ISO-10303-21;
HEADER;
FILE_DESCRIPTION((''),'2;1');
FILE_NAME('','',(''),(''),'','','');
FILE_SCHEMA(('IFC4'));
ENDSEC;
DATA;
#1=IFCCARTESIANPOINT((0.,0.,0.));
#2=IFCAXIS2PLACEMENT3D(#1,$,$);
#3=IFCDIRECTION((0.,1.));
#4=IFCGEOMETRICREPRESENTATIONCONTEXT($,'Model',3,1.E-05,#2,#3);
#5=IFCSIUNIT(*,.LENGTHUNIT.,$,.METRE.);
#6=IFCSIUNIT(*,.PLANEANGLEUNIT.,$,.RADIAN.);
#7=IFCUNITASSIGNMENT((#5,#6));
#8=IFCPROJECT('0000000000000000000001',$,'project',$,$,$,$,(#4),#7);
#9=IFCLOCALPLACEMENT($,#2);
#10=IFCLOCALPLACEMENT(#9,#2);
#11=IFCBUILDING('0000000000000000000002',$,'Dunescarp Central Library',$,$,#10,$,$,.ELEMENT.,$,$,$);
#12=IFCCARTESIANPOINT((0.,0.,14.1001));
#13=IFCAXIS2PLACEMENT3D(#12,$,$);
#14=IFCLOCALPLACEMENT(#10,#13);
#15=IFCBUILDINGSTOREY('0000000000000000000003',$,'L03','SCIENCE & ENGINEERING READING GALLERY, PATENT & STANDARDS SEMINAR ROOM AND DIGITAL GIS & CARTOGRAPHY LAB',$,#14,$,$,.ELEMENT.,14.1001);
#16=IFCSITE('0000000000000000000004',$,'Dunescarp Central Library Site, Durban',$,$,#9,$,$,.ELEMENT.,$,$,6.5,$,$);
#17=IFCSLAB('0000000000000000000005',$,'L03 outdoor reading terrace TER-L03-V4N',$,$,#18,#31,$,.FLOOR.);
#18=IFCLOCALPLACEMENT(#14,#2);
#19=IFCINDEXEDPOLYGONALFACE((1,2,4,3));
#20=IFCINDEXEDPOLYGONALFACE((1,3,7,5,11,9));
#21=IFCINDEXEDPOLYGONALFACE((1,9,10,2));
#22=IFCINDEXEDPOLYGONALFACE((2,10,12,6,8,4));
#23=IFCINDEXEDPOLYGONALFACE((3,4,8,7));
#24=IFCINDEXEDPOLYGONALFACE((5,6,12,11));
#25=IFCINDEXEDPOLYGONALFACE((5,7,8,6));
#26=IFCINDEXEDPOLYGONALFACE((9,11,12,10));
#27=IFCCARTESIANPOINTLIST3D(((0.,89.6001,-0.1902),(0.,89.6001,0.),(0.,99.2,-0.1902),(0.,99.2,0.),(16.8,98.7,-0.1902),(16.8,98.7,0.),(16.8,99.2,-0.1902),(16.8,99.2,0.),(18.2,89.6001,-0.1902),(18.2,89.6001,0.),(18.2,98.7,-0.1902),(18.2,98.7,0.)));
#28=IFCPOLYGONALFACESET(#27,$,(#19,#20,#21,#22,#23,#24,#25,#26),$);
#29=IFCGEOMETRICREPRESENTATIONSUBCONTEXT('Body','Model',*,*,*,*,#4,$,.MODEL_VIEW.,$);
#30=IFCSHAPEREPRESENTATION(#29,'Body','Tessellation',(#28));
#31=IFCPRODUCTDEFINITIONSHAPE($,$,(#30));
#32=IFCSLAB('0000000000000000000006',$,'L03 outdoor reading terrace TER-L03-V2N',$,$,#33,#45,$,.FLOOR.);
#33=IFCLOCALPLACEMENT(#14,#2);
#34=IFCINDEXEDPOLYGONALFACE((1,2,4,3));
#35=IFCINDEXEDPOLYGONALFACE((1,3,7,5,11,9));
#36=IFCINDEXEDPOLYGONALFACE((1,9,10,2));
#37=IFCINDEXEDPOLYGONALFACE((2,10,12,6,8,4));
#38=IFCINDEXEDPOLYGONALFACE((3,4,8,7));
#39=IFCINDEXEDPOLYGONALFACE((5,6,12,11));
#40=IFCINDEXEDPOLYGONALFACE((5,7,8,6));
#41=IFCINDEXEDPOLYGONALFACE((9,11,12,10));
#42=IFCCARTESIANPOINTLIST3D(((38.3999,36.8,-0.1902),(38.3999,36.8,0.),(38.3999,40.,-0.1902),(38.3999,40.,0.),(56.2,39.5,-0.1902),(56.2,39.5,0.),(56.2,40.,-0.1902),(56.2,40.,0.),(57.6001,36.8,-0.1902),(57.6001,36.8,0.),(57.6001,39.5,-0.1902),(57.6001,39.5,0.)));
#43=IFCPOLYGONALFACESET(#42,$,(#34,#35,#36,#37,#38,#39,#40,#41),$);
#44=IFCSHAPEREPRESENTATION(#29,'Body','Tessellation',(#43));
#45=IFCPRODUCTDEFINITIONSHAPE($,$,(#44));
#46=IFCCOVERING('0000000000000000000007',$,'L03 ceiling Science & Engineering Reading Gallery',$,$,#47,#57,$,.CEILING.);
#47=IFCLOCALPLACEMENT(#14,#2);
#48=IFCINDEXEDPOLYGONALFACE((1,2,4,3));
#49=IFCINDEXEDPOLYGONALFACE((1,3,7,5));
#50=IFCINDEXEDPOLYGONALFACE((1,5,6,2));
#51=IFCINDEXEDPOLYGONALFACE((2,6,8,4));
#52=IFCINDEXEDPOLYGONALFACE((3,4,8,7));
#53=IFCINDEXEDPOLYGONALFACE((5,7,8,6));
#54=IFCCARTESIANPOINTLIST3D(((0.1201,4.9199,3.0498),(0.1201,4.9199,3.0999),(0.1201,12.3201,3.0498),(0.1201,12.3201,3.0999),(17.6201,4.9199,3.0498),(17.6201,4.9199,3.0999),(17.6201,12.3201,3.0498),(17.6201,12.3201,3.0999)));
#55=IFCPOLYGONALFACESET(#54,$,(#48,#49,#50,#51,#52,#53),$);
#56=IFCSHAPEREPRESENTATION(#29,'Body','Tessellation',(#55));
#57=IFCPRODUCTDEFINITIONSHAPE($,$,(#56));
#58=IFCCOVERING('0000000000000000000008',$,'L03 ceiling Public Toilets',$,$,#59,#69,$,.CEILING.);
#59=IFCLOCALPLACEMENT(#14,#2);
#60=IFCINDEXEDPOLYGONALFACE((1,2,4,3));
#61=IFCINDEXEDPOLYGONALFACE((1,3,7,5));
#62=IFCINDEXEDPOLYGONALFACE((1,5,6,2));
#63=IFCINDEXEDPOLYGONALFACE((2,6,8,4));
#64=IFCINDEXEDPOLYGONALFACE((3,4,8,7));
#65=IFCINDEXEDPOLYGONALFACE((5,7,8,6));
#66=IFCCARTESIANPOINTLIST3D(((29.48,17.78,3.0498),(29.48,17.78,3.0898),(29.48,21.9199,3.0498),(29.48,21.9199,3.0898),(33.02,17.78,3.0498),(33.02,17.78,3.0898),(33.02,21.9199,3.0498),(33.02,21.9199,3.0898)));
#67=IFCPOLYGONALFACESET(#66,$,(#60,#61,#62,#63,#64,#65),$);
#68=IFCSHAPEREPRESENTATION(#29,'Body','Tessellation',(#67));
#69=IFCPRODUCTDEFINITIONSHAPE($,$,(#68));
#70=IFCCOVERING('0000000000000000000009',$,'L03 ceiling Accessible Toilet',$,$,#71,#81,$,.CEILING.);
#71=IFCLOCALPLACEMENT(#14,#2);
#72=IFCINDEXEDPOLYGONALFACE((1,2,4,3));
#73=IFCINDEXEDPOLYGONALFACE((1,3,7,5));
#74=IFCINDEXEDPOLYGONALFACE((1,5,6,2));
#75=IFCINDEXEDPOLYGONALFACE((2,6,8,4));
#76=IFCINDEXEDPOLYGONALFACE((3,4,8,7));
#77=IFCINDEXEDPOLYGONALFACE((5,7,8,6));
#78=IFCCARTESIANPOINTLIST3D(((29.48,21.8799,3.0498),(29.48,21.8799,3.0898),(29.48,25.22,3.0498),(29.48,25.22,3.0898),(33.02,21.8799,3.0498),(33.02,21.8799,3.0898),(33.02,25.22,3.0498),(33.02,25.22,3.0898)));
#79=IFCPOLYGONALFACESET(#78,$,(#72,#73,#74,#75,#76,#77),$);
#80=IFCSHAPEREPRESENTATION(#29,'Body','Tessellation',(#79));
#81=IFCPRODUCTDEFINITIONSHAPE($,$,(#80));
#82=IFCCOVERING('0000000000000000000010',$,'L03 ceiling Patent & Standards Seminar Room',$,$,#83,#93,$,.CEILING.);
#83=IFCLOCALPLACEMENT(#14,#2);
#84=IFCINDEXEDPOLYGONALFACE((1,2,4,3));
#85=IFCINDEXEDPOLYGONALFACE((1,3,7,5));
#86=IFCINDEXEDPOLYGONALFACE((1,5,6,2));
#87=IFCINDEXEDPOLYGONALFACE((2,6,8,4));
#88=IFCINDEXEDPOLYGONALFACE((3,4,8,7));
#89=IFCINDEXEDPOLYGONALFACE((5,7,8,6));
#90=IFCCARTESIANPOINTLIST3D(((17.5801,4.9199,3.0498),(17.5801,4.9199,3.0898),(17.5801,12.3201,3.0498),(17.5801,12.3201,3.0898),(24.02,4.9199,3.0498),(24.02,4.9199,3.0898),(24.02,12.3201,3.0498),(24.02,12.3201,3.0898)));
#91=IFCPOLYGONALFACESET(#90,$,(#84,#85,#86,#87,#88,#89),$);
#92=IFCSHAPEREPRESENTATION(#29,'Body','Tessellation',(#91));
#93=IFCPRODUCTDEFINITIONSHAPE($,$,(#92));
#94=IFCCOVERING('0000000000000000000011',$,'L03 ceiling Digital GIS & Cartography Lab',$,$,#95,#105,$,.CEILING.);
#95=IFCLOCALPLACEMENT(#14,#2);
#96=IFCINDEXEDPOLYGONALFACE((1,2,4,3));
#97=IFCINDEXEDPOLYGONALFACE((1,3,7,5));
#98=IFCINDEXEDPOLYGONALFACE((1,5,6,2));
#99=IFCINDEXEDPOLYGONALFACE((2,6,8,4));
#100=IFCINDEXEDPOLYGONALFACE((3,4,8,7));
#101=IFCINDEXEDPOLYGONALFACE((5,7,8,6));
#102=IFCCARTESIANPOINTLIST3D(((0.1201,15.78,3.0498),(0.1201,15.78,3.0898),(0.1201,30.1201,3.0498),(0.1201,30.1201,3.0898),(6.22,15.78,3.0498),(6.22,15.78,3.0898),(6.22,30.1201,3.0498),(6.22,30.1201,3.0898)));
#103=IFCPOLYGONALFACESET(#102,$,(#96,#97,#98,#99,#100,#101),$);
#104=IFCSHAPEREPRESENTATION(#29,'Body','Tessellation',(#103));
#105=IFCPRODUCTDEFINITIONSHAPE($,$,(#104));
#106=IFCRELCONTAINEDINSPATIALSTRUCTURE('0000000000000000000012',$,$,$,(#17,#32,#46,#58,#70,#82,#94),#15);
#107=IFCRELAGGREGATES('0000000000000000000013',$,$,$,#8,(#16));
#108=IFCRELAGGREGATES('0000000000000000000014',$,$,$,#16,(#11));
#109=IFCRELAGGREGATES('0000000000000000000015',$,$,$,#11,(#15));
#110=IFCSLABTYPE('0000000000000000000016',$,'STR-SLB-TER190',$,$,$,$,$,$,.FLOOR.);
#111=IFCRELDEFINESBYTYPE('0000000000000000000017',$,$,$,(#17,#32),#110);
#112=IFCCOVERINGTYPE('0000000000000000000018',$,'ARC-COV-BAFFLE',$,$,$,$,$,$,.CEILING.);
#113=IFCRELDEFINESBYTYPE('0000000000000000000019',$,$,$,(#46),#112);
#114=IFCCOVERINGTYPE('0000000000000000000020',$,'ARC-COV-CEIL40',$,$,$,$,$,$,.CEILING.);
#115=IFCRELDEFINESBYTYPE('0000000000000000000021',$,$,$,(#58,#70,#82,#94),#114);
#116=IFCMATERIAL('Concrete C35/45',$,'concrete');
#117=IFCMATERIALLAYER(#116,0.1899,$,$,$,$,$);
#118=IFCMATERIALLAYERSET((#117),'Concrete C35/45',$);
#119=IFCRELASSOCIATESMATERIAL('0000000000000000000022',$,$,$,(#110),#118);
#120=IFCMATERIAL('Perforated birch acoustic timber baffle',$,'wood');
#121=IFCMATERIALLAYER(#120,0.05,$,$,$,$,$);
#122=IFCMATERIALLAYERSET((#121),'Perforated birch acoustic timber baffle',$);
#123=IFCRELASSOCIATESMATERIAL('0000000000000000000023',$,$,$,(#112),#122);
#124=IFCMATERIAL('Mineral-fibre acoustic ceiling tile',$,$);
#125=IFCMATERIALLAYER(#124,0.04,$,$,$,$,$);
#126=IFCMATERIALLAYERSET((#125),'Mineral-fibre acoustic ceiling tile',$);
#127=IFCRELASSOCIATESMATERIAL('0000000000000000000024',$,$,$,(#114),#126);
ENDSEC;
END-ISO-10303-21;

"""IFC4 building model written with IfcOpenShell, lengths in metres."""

from ifc_helpers import new_model, si_unit, direction, frame, origin, place, context, subcontext, project, spatial, polyline, outline, extrude, material, layer, layer_set, type_object, element, save


model = new_model("IFC4")

# Units and contexts
model_context = context("Model", 3, precision=1e-05, world=origin(), true_north=direction((0.0, 1.0)))
body_context = subcontext(model_context, "Body", "Model", "MODEL_VIEW")
ifc_project = project(units=[si_unit("LENGTHUNIT", "METRE"), si_unit("PLANEANGLEUNIT", "RADIAN")], contexts=[model_context])

# Site, building, storey
site_placement = place(None, origin())
site = spatial("IfcSite", under=ifc_project, at=site_placement, Name="Dunescarp Central Library Site, Durban", CompositionType="ELEMENT", RefElevation=6.5)
building_placement = place(site_placement, origin())
building = spatial("IfcBuilding", under=site, at=building_placement, Name="Dunescarp Central Library", CompositionType="ELEMENT")
storey_placement = place(building_placement, frame((0.0, 0.0, 14.1001)))
storey = spatial("IfcBuildingStorey", under=building, at=storey_placement, Name="L03", Description="SCIENCE & ENGINEERING READING GALLERY, PATENT & STANDARDS SEMINAR ROOM AND DIGITAL GIS & CARTOGRAPHY LAB", CompositionType="ELEMENT", Elevation=14.1001)

# Shared definitions
ifc_material_1 = material(Name="Concrete C35/45", Category="concrete")

# Slabs
ifc_layer_1 = layer(ifc_material_1, 0.1899)
ifc_layer_set_1 = layer_set([ifc_layer_1], Name="Concrete C35/45")
slab_type_1 = type_object("IfcSlabType", Name="STR-SLB-TER190", PredefinedType="FLOOR", material=ifc_layer_set_1)
slab_1_placement = place(storey_placement, frame((0.0, 0.0, -0.1902)))
element("IfcSlab", 1, at=slab_1_placement, inside=storey, type_object=slab_type_1, Name="L03 outdoor reading terrace TER-L03-V4N", PredefinedType="FLOOR", context=body_context, shape_type="SweptSolid", body=[
    extrude(outline(polyline([(0.0, 89.6001), (18.2, 89.6001), (18.2, 98.7), (16.8, 98.7), (16.8, 99.2), (0.0, 99.2), (0.0, 89.6001)])), origin(), (0.0, 0.0, 1.0), 0.1902),
])
slab_2_placement = place(storey_placement, frame((0.0, 0.0, -0.1902)))
element("IfcSlab", 2, at=slab_2_placement, inside=storey, type_object=slab_type_1, Name="L03 outdoor reading terrace TER-L03-V2N", PredefinedType="FLOOR", context=body_context, shape_type="SweptSolid", body=[
    extrude(outline(polyline([(38.3999, 36.8), (57.6001, 36.8), (57.6001, 39.5), (56.2, 39.5), (56.2, 40.0), (38.3999, 40.0), (38.3999, 36.8)])), origin(), (0.0, 0.0, 1.0), 0.1902),
])

# Coverings
ifc_material_2 = material(Name="Perforated birch acoustic timber baffle", Category="wood")
ifc_layer_2 = layer(ifc_material_2, 0.05)
ifc_layer_set_2 = layer_set([ifc_layer_2], Name="Perforated birch acoustic timber baffle")
covering_type_1 = type_object("IfcCoveringType", Name="ARC-COV-BAFFLE", PredefinedType="CEILING", material=ifc_layer_set_2)
covering_1_placement = place(storey_placement, frame((0.0, 0.0, 3.0498)))
element("IfcCovering", 3, at=covering_1_placement, inside=storey, type_object=covering_type_1, Name="L03 ceiling Science & Engineering Reading Gallery", PredefinedType="CEILING", context=body_context, shape_type="SweptSolid", body=[
    extrude(outline(polyline([(0.1201, 4.9199), (17.6201, 4.9199), (17.6201, 12.3201), (0.1201, 12.3201), (0.1201, 4.9199)])), origin(), (0.0, 0.0, 1.0), 0.05),
])
ifc_material_3 = material(Name="Mineral-fibre acoustic ceiling tile")
ifc_layer_3 = layer(ifc_material_3, 0.04)
ifc_layer_set_3 = layer_set([ifc_layer_3], Name="Mineral-fibre acoustic ceiling tile")
covering_type_2 = type_object("IfcCoveringType", Name="ARC-COV-CEIL40", PredefinedType="CEILING", material=ifc_layer_set_3)
covering_2_placement = place(storey_placement, frame((0.0, 0.0, 3.0498)))
element("IfcCovering", 4, at=covering_2_placement, inside=storey, type_object=covering_type_2, Name="L03 ceiling Public Toilets", PredefinedType="CEILING", context=body_context, shape_type="SweptSolid", body=[
    extrude(outline(polyline([(29.48, 17.78), (33.02, 17.78), (33.02, 21.9199), (29.48, 21.9199), (29.48, 17.78)])), origin(), (0.0, 0.0, 1.0), 0.04),
])
covering_3_placement = place(storey_placement, frame((0.0, 0.0, 3.0498)))
element("IfcCovering", 5, at=covering_3_placement, inside=storey, type_object=covering_type_2, Name="L03 ceiling Accessible Toilet", PredefinedType="CEILING", context=body_context, shape_type="SweptSolid", body=[
    extrude(outline(polyline([(29.48, 21.8799), (33.02, 21.8799), (33.02, 25.22), (29.48, 25.22), (29.48, 21.8799)])), origin(), (0.0, 0.0, 1.0), 0.04),
])
covering_4_placement = place(storey_placement, frame((0.0, 0.0, 3.0498)))
element("IfcCovering", 6, at=covering_4_placement, inside=storey, type_object=covering_type_2, Name="L03 ceiling Patent & Standards Seminar Room", PredefinedType="CEILING", context=body_context, shape_type="SweptSolid", body=[
    extrude(outline(polyline([(17.5801, 4.9199), (24.02, 4.9199), (24.02, 12.3201), (17.5801, 12.3201), (17.5801, 4.9199)])), origin(), (0.0, 0.0, 1.0), 0.04),
])
covering_5_placement = place(storey_placement, frame((0.0, 0.0, 3.0498)))
element("IfcCovering", 7, at=covering_5_placement, inside=storey, type_object=covering_type_2, Name="L03 ceiling Digital GIS & Cartography Lab", PredefinedType="CEILING", context=body_context, shape_type="SweptSolid", body=[
    extrude(outline(polyline([(0.1201, 15.78), (6.22, 15.78), (6.22, 30.1201), (0.1201, 30.1201), (0.1201, 15.78)])), origin(), (0.0, 0.0, 1.0), 0.04),
])

save(model, "model.ifc")
